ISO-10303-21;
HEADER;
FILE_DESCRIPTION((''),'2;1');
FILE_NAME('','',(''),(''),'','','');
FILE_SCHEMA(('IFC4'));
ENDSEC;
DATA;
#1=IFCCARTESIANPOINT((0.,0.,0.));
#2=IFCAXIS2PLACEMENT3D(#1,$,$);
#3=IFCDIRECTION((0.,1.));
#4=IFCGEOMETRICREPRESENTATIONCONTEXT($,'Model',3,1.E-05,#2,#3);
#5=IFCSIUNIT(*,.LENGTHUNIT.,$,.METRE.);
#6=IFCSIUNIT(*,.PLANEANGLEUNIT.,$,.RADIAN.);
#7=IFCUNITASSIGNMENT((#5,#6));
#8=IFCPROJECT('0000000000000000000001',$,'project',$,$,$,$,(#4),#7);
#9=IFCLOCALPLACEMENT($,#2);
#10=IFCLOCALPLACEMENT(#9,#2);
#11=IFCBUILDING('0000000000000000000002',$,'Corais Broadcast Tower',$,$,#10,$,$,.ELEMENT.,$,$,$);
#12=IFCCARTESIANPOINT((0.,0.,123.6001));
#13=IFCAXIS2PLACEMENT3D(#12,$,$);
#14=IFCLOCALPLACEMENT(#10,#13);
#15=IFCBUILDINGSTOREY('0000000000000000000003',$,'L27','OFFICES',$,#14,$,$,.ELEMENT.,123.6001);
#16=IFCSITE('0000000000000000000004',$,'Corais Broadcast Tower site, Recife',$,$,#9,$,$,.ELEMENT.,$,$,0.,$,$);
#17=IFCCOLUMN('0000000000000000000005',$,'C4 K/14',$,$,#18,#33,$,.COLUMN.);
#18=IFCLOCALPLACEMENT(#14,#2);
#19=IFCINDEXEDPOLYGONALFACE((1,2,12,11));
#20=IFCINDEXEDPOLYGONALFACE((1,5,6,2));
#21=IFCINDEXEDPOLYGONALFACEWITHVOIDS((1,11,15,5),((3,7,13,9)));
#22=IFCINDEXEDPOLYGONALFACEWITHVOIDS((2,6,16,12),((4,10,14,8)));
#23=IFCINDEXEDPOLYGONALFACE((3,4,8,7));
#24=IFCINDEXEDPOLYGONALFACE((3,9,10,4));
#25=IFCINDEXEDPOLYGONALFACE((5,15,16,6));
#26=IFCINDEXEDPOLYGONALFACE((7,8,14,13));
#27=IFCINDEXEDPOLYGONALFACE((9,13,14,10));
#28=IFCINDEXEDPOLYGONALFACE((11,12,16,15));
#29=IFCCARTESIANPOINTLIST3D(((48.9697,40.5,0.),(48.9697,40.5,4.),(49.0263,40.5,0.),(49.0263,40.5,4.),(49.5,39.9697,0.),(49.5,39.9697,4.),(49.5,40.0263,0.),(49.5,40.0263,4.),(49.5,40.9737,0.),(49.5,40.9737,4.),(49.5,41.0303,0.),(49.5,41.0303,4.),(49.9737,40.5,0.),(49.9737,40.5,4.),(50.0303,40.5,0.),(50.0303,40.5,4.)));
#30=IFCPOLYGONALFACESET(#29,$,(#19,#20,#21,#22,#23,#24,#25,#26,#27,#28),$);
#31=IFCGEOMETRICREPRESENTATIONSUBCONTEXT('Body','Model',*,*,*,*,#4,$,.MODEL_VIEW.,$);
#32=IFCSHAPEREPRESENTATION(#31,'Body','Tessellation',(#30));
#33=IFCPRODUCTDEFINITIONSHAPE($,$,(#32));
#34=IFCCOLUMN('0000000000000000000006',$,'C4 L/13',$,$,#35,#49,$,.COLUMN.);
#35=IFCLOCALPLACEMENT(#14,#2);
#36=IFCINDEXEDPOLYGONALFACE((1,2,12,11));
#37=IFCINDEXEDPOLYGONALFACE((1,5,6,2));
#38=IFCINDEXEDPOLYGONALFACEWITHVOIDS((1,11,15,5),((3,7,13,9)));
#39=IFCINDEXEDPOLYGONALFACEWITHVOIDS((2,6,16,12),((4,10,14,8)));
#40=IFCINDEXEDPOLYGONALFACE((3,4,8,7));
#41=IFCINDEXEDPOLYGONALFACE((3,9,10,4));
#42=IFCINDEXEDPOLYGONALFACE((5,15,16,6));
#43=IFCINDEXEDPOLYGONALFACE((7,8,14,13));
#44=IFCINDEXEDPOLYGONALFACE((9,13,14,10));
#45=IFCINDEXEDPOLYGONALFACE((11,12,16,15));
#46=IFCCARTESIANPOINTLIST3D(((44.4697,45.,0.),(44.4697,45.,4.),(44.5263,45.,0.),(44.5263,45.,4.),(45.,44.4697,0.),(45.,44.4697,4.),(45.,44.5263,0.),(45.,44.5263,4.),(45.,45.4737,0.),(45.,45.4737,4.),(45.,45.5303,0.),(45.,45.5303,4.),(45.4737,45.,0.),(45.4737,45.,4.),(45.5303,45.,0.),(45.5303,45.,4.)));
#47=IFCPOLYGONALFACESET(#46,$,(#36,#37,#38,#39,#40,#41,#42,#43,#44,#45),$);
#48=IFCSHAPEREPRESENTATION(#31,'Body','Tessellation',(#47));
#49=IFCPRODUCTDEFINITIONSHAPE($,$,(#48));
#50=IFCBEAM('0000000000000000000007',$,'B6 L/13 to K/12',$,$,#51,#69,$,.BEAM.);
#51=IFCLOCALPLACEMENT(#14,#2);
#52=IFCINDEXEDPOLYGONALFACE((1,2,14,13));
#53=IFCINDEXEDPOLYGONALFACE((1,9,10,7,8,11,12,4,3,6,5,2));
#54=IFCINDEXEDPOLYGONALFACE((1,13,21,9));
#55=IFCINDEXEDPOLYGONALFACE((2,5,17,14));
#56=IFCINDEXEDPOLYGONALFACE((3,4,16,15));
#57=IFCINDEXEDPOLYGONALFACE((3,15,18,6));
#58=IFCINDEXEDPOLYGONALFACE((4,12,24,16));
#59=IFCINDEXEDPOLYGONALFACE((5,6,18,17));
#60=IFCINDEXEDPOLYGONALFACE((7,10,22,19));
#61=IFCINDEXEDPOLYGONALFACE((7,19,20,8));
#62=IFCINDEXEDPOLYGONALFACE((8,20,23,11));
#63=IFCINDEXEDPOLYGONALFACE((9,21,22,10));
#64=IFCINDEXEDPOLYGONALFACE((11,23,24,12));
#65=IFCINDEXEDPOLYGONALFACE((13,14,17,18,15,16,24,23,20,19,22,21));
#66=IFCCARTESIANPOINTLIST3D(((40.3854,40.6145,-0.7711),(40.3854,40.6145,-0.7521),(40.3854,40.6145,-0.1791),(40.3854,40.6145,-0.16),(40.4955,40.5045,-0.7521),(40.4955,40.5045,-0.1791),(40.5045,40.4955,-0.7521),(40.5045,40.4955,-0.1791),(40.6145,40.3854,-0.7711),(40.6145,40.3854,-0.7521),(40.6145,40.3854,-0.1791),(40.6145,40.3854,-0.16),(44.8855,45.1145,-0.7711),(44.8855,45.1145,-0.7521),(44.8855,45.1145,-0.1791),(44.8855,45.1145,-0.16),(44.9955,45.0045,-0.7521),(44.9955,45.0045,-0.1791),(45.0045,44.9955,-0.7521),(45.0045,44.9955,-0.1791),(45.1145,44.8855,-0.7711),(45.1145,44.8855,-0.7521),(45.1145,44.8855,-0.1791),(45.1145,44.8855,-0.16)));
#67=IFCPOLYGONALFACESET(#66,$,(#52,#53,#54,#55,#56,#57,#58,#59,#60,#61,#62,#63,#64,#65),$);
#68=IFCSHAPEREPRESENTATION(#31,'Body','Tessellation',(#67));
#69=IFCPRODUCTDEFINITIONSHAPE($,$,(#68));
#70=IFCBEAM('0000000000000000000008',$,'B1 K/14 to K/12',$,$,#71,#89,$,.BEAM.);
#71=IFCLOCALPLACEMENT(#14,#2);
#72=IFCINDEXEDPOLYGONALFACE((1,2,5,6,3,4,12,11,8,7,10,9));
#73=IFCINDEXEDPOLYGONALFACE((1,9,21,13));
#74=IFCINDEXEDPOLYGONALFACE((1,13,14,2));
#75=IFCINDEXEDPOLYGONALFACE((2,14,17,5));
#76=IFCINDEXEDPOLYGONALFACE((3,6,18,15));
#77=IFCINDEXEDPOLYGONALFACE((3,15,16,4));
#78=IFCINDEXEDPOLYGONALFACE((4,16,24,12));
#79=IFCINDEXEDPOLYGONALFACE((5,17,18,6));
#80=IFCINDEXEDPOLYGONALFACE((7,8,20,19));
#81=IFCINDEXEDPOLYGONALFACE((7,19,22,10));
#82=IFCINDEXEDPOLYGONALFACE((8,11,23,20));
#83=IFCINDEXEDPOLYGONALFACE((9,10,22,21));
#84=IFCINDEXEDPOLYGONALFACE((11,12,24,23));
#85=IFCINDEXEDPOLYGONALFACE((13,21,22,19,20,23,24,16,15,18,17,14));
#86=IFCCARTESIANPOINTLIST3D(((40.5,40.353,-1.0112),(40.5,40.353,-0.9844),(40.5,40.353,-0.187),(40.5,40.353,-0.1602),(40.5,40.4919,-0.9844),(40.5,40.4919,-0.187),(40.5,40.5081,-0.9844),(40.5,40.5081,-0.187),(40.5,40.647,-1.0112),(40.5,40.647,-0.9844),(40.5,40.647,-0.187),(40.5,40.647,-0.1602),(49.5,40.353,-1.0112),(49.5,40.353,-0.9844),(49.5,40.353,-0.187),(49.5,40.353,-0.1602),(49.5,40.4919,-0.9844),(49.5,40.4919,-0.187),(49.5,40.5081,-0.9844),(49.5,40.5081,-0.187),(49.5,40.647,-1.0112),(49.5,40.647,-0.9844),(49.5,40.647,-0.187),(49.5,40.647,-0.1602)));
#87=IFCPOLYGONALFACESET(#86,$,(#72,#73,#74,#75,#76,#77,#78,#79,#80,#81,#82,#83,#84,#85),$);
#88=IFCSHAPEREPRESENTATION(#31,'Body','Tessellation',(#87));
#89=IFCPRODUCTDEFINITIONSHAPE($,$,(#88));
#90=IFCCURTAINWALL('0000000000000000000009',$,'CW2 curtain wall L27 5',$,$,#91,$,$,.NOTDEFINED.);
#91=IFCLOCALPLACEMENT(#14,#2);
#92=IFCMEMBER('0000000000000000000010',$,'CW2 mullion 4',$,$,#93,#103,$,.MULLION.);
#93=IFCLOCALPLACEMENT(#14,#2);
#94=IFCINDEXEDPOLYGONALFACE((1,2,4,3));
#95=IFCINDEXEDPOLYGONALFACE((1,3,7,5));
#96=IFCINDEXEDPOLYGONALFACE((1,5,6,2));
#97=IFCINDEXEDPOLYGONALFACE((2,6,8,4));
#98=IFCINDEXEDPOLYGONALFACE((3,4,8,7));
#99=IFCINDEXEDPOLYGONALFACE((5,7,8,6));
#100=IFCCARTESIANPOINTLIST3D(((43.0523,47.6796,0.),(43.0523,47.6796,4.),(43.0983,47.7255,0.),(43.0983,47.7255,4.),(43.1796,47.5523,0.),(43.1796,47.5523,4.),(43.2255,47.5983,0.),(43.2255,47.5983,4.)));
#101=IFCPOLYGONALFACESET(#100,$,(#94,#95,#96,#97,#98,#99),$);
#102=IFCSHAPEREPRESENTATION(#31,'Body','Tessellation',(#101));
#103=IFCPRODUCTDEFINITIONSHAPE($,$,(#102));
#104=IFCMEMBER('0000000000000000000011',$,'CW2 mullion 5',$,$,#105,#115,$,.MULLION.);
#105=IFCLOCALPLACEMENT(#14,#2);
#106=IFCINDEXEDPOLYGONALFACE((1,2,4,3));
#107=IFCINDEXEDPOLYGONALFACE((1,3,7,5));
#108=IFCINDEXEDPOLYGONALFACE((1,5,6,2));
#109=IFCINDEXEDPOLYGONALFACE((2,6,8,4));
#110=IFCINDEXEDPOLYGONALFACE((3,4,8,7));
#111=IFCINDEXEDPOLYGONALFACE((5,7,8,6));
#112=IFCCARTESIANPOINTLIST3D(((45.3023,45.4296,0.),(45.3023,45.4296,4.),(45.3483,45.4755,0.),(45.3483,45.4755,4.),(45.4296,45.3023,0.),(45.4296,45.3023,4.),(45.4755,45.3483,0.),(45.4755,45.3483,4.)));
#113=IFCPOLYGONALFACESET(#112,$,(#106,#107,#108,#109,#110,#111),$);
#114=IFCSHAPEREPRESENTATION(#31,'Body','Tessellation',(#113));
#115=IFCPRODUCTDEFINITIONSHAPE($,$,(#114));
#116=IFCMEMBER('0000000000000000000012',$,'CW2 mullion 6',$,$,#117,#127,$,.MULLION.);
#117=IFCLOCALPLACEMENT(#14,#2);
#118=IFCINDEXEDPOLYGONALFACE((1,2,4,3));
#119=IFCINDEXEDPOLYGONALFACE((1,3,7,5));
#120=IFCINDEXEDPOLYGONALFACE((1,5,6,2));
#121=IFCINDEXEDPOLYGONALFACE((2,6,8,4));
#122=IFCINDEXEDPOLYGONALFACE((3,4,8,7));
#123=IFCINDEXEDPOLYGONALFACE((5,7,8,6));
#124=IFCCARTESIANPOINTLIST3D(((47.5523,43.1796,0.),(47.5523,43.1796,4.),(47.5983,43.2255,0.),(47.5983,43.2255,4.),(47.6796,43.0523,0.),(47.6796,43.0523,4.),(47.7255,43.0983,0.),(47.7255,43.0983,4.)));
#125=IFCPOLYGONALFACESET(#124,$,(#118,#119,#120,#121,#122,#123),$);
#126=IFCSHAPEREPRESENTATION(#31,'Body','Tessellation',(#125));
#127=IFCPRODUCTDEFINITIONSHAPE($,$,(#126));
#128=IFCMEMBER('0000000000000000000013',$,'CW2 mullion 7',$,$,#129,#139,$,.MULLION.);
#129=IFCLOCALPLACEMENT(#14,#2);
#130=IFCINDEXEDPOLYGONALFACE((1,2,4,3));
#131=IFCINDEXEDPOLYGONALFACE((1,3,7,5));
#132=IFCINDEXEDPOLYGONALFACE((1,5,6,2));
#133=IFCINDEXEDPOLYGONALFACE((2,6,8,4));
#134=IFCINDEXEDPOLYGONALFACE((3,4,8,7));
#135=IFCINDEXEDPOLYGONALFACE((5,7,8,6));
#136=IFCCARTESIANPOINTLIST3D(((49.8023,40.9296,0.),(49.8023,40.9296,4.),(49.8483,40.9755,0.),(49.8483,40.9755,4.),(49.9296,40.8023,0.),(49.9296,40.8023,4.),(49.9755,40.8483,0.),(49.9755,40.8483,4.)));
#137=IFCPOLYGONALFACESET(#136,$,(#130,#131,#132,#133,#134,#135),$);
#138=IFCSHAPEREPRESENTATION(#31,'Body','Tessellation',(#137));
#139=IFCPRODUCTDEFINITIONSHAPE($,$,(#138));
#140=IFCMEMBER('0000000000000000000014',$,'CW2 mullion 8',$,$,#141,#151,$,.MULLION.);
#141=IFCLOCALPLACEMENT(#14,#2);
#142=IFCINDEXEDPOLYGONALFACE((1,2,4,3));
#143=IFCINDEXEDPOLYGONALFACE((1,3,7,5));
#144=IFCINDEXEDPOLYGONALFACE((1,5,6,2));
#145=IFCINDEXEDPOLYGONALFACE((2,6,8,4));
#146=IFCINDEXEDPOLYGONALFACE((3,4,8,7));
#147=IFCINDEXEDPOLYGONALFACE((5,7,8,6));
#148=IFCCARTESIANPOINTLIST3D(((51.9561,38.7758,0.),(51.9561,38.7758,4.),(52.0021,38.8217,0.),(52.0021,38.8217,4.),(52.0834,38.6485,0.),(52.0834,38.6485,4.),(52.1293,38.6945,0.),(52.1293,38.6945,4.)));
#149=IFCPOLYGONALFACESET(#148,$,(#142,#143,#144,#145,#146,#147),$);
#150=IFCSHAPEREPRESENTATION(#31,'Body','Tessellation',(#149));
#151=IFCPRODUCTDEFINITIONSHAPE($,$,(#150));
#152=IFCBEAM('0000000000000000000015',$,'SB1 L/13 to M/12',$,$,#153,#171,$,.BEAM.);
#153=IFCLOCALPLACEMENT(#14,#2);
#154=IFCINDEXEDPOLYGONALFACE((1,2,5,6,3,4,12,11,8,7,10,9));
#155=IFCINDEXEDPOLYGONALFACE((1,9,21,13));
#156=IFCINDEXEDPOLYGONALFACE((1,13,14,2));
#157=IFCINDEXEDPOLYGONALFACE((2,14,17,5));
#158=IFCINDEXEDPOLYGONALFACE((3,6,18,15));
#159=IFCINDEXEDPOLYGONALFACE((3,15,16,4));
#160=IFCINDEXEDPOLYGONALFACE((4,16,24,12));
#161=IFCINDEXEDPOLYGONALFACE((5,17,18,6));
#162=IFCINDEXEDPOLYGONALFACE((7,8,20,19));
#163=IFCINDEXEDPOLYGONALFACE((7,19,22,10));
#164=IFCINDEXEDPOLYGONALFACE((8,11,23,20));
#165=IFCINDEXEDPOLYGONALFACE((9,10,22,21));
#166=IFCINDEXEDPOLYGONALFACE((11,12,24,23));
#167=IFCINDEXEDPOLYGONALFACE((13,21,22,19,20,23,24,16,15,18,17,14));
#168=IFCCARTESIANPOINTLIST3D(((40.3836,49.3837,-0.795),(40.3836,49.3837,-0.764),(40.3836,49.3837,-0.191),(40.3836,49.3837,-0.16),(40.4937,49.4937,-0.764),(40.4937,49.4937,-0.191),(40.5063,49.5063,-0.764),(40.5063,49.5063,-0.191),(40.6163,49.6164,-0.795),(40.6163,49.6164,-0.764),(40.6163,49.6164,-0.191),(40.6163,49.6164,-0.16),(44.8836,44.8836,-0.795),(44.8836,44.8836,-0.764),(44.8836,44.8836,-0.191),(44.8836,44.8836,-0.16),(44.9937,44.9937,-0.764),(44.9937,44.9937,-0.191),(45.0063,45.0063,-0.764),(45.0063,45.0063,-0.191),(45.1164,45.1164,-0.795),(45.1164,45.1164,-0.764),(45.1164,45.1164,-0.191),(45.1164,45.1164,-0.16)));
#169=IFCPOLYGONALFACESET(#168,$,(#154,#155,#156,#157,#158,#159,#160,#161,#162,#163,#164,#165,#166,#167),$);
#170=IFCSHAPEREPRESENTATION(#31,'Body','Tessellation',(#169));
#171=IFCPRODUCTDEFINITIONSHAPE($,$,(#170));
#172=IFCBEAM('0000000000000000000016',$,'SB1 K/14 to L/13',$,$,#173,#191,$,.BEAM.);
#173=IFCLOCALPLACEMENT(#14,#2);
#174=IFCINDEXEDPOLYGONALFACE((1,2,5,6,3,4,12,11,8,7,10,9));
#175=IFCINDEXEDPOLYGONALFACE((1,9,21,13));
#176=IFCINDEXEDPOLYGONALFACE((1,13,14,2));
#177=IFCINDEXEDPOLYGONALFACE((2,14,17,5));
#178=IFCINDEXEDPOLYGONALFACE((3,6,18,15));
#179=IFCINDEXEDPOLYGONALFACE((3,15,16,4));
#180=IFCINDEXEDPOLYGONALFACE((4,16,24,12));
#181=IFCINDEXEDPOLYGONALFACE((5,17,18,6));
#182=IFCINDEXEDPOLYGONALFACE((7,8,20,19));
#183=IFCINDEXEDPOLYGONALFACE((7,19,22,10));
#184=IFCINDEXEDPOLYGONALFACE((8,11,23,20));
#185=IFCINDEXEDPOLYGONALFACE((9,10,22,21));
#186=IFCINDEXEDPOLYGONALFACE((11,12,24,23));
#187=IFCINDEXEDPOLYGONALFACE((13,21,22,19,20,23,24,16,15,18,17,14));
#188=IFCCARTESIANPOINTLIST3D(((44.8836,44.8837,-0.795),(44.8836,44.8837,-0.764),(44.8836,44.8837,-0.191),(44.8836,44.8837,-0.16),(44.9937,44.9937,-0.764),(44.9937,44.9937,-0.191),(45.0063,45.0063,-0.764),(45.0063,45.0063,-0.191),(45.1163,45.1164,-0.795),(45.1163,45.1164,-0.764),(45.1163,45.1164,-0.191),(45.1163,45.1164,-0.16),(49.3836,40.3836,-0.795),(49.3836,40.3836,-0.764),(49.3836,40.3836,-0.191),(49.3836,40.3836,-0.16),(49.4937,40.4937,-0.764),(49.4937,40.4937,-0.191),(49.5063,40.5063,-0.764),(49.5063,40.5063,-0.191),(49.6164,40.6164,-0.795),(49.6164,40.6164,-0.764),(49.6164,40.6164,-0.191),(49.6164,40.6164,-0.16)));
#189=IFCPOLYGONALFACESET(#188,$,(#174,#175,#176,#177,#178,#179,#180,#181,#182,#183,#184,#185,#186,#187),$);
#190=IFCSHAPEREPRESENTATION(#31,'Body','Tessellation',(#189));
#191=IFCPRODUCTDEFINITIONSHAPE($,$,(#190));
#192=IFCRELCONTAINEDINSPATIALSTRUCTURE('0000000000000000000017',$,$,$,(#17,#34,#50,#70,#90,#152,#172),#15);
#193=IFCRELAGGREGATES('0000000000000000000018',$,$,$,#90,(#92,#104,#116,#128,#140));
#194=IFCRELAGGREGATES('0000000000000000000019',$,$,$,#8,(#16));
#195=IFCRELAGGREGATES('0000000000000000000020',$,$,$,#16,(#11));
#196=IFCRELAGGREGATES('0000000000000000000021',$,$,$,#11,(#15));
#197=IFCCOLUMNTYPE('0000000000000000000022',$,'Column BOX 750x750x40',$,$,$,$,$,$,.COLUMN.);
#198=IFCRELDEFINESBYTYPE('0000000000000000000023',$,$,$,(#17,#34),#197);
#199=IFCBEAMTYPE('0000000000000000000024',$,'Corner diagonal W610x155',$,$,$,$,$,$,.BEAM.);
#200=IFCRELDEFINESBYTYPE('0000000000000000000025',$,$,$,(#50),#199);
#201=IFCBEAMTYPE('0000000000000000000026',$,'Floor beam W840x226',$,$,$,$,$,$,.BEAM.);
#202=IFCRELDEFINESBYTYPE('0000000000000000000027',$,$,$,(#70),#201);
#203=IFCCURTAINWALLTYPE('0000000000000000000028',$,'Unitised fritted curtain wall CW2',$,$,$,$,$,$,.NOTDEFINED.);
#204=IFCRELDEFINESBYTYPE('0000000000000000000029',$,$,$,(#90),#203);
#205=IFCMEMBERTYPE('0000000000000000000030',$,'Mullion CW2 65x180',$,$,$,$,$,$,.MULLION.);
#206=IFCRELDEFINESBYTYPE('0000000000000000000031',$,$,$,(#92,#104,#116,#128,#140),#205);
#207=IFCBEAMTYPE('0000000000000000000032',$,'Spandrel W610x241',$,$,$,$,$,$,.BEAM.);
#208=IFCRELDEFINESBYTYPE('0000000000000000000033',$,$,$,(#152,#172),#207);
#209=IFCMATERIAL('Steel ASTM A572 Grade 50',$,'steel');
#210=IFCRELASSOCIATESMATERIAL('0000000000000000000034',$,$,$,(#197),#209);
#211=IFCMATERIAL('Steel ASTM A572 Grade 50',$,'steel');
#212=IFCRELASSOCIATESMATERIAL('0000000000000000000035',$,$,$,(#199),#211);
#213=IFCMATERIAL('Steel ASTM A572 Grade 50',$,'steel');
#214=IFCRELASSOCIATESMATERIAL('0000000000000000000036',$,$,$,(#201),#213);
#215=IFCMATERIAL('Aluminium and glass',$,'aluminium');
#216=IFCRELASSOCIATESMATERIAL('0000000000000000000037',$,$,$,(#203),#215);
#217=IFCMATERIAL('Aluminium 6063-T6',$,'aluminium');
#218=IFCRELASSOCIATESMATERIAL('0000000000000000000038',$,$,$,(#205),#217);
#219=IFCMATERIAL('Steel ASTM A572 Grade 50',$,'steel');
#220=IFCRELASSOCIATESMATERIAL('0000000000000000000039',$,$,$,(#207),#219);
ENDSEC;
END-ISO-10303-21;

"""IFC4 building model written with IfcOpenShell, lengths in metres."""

from ifc_helpers import new_model, si_unit, direction, frame, origin, origin_2d, place, context, subcontext, project, spatial, rectangle, hollow_rectangle, i_section, extrude, material, material_profile, profile_set, type_object, element, aggregate, save


model = new_model("IFC4")

# Units and contexts
model_context = context("Model", 3, precision=1e-05, world=origin(), true_north=direction((0.0, 1.0)))
body_context = subcontext(model_context, "Body", "Model", "MODEL_VIEW")
ifc_project = project(units=[si_unit("LENGTHUNIT", "METRE"), si_unit("PLANEANGLEUNIT", "RADIAN")], contexts=[model_context])

# Site, building, storey
site_placement = place(None, origin())
site = spatial("IfcSite", under=ifc_project, at=site_placement, Name="Corais Broadcast Tower site, Recife", CompositionType="ELEMENT", RefElevation=0.0)
building_placement = place(site_placement, origin())
building = spatial("IfcBuilding", under=site, at=building_placement, Name="Corais Broadcast Tower", CompositionType="ELEMENT")
storey_placement = place(building_placement, frame((0.0, 0.0, 123.6001)))
storey = spatial("IfcBuildingStorey", under=building, at=storey_placement, Name="L27", Description="OFFICES", CompositionType="ELEMENT", Elevation=123.6001)

# Columns
ifc_material_1 = material(Name="Steel ASTM A572 Grade 50", Category="steel")
ifc_material_profile_1 = material_profile(ifc_material_1, hollow_rectangle(XDim=0.75, YDim=0.75, WallThickness=0.04, at=origin_2d()), Name="BOX 750x750x40")
ifc_profile_set_1 = profile_set([ifc_material_profile_1], Name="Steel ASTM A572 Grade 50")
column_type = type_object("IfcColumnType", Name="Column BOX 750x750x40", PredefinedType="COLUMN", material=ifc_profile_set_1)
for number, where, z_axis, x_axis, name in (
    (1, (49.5, 40.5, 0.0), (0.0, 0.0, 1.0), (0.707107, 0.707107, 0.0), "C4 K/14"),
    (2, (45.0, 45.0, 0.0), (0.0, 0.0, 1.0), (0.707107, 0.707107, 0.0), "C4 L/13"),
):
    element("IfcColumn", number, at=place(storey_placement, frame(where, z_axis=z_axis, x_axis=x_axis)), inside=storey, type_object=column_type, Name=name, PredefinedType="COLUMN", context=body_context, shape_type="SweptSolid", body=[
        extrude(hollow_rectangle(XDim=0.75, YDim=0.75, WallThickness=0.04, at=origin_2d()), origin(), (0.0, 0.0, 1.0), 4.0),
    ])

# Beams
ifc_material_2 = material(Name="Steel ASTM A572 Grade 50", Category="steel")
ifc_material_profile_2 = material_profile(ifc_material_2, i_section(OverallWidth=0.324, OverallDepth=0.6111, WebThickness=0.0127, FlangeThickness=0.019, at=origin_2d()), Name="W610x155")
ifc_profile_set_2 = profile_set([ifc_material_profile_2], Name="Steel ASTM A572 Grade 50")
beam_type_1 = type_object("IfcBeamType", Name="Corner diagonal W610x155", PredefinedType="BEAM", material=ifc_profile_set_2)
beam_1_placement = place(storey_placement, frame((45.0, 45.0, -0.4656), z_axis=(-0.707107, -0.707107, 0.0), x_axis=(0.707107, -0.707107, 0.0)))
element("IfcBeam", 3, at=beam_1_placement, inside=storey, type_object=beam_type_1, Name="B6 L/13 to K/12", PredefinedType="BEAM", context=body_context, shape_type="SweptSolid", body=[
    extrude(i_section(OverallWidth=0.324, OverallDepth=0.6111, WebThickness=0.0127, FlangeThickness=0.019, at=origin_2d()), origin(), (0.0, 0.0, 1.0), 6.364),
])
ifc_material_3 = material(Name="Steel ASTM A572 Grade 50", Category="steel")
ifc_material_profile_3 = material_profile(ifc_material_3, i_section(OverallWidth=0.2939, OverallDepth=0.8511, WebThickness=0.0161, FlangeThickness=0.0269, at=origin_2d()), Name="W840x226")
ifc_profile_set_3 = profile_set([ifc_material_profile_3], Name="Steel ASTM A572 Grade 50")
beam_type_2 = type_object("IfcBeamType", Name="Floor beam W840x226", PredefinedType="BEAM", material=ifc_profile_set_3)
beam_2_placement = place(storey_placement, frame((49.5, 40.5, -0.5857), z_axis=(-1.0, 0.0, 0.0), x_axis=(0.0, -1.0, 0.0)))
element("IfcBeam", 4, at=beam_2_placement, inside=storey, type_object=beam_type_2, Name="B1 K/14 to K/12", PredefinedType="BEAM", context=body_context, shape_type="SweptSolid", body=[
    extrude(i_section(OverallWidth=0.2939, OverallDepth=0.8511, WebThickness=0.0161, FlangeThickness=0.0269, at=origin_2d()), origin(), (0.0, 0.0, 1.0), 9.0),
])

# Curtain wall, members
ifc_material_4 = material(Name="Aluminium and glass", Category="aluminium")
curtain_wall_type = type_object("IfcCurtainWallType", Name="Unitised fritted curtain wall CW2", PredefinedType="NOTDEFINED", material=ifc_material_4)
curtain_wall_placement = place(storey_placement, origin())
curtain_wall = element("IfcCurtainWall", 5, at=curtain_wall_placement, inside=storey, type_object=curtain_wall_type, Name="CW2 curtain wall L27 5", PredefinedType="NOTDEFINED")
ifc_material_5 = material(Name="Aluminium 6063-T6", Category="aluminium")
ifc_material_profile_4 = material_profile(ifc_material_5, rectangle(XDim=0.0649, YDim=0.1799, at=origin_2d()), Name="Mullion CW2 65x180")
ifc_profile_set_4 = profile_set([ifc_material_profile_4], Name="Aluminium 6063-T6")
member_type_1 = type_object("IfcMemberType", Name="Mullion CW2 65x180", PredefinedType="MULLION", material=ifc_profile_set_4)
member_1_placement = place(storey_placement, frame((43.1389, 47.6389, 0.0), z_axis=(0.0, 0.0, 1.0), x_axis=(0.707107, 0.707107, 0.0)))
member_1 = element("IfcMember", 6, at=member_1_placement, type_object=member_type_1, Name="CW2 mullion 4", PredefinedType="MULLION", context=body_context, shape_type="SweptSolid", body=[
    extrude(rectangle(XDim=0.0649, YDim=0.1799, at=origin_2d()), origin(), (0.0, 0.0, 1.0), 4.0),
])
member_2_placement = place(storey_placement, frame((45.3889, 45.3889, 0.0), z_axis=(0.0, 0.0, 1.0), x_axis=(0.707107, 0.707107, 0.0)))
member_2 = element("IfcMember", 7, at=member_2_placement, type_object=member_type_1, Name="CW2 mullion 5", PredefinedType="MULLION", context=body_context, shape_type="SweptSolid", body=[
    extrude(rectangle(XDim=0.0649, YDim=0.1799, at=origin_2d()), origin(), (0.0, 0.0, 1.0), 4.0),
])
member_3_placement = place(storey_placement, frame((47.6389, 43.1389, 0.0), z_axis=(0.0, 0.0, 1.0), x_axis=(0.707107, 0.707107, 0.0)))
member_3 = element("IfcMember", 8, at=member_3_placement, type_object=member_type_1, Name="CW2 mullion 6", PredefinedType="MULLION", context=body_context, shape_type="SweptSolid", body=[
    extrude(rectangle(XDim=0.0649, YDim=0.1799, at=origin_2d()), origin(), (0.0, 0.0, 1.0), 4.0),
])
member_4_placement = place(storey_placement, frame((49.8889, 40.8889, 0.0), z_axis=(0.0, 0.0, 1.0), x_axis=(0.707107, 0.707107, 0.0)))
member_4 = element("IfcMember", 9, at=member_4_placement, type_object=member_type_1, Name="CW2 mullion 7", PredefinedType="MULLION", context=body_context, shape_type="SweptSolid", body=[
    extrude(rectangle(XDim=0.0649, YDim=0.1799, at=origin_2d()), origin(), (0.0, 0.0, 1.0), 4.0),
])
member_5_placement = place(storey_placement, frame((52.0427, 38.7351, 0.0), z_axis=(0.0, 0.0, 1.0), x_axis=(0.707107, 0.707107, 0.0)))
member_5 = element("IfcMember", 10, at=member_5_placement, type_object=member_type_1, Name="CW2 mullion 8", PredefinedType="MULLION", context=body_context, shape_type="SweptSolid", body=[
    extrude(rectangle(XDim=0.0649, YDim=0.1799, at=origin_2d()), origin(), (0.0, 0.0, 1.0), 4.0),
])

# Beams
ifc_material_6 = material(Name="Steel ASTM A572 Grade 50", Category="steel")
ifc_material_profile_5 = material_profile(ifc_material_6, i_section(OverallWidth=0.3291, OverallDepth=0.635, WebThickness=0.0178, FlangeThickness=0.031, at=origin_2d()), Name="W610x241")
ifc_profile_set_5 = profile_set([ifc_material_profile_5], Name="Steel ASTM A572 Grade 50")
beam_type_3 = type_object("IfcBeamType", Name="Spandrel W610x241", PredefinedType="BEAM", material=ifc_profile_set_5)
for number, where, z_axis, x_axis, name in (
    (11, (45.0, 45.0, -0.4775), (-0.707107, 0.707107, 0.0), (-0.707107, -0.707107, 0.0), "SB1 L/13 to M/12"),
    (12, (49.5, 40.5, -0.4775), (-0.707107, 0.707107, 0.0), (-0.707107, -0.707107, 0.0), "SB1 K/14 to L/13"),
):
    element("IfcBeam", number, at=place(storey_placement, frame(where, z_axis=z_axis, x_axis=x_axis)), inside=storey, type_object=beam_type_3, Name=name, PredefinedType="BEAM", context=body_context, shape_type="SweptSolid", body=[
        extrude(i_section(OverallWidth=0.3291, OverallDepth=0.635, WebThickness=0.0178, FlangeThickness=0.031, at=origin_2d()), origin(), (0.0, 0.0, 1.0), 6.364),
    ])

aggregate(curtain_wall, [member_1, member_2, member_3, member_4, member_5])

save(model, "model.ifc")
